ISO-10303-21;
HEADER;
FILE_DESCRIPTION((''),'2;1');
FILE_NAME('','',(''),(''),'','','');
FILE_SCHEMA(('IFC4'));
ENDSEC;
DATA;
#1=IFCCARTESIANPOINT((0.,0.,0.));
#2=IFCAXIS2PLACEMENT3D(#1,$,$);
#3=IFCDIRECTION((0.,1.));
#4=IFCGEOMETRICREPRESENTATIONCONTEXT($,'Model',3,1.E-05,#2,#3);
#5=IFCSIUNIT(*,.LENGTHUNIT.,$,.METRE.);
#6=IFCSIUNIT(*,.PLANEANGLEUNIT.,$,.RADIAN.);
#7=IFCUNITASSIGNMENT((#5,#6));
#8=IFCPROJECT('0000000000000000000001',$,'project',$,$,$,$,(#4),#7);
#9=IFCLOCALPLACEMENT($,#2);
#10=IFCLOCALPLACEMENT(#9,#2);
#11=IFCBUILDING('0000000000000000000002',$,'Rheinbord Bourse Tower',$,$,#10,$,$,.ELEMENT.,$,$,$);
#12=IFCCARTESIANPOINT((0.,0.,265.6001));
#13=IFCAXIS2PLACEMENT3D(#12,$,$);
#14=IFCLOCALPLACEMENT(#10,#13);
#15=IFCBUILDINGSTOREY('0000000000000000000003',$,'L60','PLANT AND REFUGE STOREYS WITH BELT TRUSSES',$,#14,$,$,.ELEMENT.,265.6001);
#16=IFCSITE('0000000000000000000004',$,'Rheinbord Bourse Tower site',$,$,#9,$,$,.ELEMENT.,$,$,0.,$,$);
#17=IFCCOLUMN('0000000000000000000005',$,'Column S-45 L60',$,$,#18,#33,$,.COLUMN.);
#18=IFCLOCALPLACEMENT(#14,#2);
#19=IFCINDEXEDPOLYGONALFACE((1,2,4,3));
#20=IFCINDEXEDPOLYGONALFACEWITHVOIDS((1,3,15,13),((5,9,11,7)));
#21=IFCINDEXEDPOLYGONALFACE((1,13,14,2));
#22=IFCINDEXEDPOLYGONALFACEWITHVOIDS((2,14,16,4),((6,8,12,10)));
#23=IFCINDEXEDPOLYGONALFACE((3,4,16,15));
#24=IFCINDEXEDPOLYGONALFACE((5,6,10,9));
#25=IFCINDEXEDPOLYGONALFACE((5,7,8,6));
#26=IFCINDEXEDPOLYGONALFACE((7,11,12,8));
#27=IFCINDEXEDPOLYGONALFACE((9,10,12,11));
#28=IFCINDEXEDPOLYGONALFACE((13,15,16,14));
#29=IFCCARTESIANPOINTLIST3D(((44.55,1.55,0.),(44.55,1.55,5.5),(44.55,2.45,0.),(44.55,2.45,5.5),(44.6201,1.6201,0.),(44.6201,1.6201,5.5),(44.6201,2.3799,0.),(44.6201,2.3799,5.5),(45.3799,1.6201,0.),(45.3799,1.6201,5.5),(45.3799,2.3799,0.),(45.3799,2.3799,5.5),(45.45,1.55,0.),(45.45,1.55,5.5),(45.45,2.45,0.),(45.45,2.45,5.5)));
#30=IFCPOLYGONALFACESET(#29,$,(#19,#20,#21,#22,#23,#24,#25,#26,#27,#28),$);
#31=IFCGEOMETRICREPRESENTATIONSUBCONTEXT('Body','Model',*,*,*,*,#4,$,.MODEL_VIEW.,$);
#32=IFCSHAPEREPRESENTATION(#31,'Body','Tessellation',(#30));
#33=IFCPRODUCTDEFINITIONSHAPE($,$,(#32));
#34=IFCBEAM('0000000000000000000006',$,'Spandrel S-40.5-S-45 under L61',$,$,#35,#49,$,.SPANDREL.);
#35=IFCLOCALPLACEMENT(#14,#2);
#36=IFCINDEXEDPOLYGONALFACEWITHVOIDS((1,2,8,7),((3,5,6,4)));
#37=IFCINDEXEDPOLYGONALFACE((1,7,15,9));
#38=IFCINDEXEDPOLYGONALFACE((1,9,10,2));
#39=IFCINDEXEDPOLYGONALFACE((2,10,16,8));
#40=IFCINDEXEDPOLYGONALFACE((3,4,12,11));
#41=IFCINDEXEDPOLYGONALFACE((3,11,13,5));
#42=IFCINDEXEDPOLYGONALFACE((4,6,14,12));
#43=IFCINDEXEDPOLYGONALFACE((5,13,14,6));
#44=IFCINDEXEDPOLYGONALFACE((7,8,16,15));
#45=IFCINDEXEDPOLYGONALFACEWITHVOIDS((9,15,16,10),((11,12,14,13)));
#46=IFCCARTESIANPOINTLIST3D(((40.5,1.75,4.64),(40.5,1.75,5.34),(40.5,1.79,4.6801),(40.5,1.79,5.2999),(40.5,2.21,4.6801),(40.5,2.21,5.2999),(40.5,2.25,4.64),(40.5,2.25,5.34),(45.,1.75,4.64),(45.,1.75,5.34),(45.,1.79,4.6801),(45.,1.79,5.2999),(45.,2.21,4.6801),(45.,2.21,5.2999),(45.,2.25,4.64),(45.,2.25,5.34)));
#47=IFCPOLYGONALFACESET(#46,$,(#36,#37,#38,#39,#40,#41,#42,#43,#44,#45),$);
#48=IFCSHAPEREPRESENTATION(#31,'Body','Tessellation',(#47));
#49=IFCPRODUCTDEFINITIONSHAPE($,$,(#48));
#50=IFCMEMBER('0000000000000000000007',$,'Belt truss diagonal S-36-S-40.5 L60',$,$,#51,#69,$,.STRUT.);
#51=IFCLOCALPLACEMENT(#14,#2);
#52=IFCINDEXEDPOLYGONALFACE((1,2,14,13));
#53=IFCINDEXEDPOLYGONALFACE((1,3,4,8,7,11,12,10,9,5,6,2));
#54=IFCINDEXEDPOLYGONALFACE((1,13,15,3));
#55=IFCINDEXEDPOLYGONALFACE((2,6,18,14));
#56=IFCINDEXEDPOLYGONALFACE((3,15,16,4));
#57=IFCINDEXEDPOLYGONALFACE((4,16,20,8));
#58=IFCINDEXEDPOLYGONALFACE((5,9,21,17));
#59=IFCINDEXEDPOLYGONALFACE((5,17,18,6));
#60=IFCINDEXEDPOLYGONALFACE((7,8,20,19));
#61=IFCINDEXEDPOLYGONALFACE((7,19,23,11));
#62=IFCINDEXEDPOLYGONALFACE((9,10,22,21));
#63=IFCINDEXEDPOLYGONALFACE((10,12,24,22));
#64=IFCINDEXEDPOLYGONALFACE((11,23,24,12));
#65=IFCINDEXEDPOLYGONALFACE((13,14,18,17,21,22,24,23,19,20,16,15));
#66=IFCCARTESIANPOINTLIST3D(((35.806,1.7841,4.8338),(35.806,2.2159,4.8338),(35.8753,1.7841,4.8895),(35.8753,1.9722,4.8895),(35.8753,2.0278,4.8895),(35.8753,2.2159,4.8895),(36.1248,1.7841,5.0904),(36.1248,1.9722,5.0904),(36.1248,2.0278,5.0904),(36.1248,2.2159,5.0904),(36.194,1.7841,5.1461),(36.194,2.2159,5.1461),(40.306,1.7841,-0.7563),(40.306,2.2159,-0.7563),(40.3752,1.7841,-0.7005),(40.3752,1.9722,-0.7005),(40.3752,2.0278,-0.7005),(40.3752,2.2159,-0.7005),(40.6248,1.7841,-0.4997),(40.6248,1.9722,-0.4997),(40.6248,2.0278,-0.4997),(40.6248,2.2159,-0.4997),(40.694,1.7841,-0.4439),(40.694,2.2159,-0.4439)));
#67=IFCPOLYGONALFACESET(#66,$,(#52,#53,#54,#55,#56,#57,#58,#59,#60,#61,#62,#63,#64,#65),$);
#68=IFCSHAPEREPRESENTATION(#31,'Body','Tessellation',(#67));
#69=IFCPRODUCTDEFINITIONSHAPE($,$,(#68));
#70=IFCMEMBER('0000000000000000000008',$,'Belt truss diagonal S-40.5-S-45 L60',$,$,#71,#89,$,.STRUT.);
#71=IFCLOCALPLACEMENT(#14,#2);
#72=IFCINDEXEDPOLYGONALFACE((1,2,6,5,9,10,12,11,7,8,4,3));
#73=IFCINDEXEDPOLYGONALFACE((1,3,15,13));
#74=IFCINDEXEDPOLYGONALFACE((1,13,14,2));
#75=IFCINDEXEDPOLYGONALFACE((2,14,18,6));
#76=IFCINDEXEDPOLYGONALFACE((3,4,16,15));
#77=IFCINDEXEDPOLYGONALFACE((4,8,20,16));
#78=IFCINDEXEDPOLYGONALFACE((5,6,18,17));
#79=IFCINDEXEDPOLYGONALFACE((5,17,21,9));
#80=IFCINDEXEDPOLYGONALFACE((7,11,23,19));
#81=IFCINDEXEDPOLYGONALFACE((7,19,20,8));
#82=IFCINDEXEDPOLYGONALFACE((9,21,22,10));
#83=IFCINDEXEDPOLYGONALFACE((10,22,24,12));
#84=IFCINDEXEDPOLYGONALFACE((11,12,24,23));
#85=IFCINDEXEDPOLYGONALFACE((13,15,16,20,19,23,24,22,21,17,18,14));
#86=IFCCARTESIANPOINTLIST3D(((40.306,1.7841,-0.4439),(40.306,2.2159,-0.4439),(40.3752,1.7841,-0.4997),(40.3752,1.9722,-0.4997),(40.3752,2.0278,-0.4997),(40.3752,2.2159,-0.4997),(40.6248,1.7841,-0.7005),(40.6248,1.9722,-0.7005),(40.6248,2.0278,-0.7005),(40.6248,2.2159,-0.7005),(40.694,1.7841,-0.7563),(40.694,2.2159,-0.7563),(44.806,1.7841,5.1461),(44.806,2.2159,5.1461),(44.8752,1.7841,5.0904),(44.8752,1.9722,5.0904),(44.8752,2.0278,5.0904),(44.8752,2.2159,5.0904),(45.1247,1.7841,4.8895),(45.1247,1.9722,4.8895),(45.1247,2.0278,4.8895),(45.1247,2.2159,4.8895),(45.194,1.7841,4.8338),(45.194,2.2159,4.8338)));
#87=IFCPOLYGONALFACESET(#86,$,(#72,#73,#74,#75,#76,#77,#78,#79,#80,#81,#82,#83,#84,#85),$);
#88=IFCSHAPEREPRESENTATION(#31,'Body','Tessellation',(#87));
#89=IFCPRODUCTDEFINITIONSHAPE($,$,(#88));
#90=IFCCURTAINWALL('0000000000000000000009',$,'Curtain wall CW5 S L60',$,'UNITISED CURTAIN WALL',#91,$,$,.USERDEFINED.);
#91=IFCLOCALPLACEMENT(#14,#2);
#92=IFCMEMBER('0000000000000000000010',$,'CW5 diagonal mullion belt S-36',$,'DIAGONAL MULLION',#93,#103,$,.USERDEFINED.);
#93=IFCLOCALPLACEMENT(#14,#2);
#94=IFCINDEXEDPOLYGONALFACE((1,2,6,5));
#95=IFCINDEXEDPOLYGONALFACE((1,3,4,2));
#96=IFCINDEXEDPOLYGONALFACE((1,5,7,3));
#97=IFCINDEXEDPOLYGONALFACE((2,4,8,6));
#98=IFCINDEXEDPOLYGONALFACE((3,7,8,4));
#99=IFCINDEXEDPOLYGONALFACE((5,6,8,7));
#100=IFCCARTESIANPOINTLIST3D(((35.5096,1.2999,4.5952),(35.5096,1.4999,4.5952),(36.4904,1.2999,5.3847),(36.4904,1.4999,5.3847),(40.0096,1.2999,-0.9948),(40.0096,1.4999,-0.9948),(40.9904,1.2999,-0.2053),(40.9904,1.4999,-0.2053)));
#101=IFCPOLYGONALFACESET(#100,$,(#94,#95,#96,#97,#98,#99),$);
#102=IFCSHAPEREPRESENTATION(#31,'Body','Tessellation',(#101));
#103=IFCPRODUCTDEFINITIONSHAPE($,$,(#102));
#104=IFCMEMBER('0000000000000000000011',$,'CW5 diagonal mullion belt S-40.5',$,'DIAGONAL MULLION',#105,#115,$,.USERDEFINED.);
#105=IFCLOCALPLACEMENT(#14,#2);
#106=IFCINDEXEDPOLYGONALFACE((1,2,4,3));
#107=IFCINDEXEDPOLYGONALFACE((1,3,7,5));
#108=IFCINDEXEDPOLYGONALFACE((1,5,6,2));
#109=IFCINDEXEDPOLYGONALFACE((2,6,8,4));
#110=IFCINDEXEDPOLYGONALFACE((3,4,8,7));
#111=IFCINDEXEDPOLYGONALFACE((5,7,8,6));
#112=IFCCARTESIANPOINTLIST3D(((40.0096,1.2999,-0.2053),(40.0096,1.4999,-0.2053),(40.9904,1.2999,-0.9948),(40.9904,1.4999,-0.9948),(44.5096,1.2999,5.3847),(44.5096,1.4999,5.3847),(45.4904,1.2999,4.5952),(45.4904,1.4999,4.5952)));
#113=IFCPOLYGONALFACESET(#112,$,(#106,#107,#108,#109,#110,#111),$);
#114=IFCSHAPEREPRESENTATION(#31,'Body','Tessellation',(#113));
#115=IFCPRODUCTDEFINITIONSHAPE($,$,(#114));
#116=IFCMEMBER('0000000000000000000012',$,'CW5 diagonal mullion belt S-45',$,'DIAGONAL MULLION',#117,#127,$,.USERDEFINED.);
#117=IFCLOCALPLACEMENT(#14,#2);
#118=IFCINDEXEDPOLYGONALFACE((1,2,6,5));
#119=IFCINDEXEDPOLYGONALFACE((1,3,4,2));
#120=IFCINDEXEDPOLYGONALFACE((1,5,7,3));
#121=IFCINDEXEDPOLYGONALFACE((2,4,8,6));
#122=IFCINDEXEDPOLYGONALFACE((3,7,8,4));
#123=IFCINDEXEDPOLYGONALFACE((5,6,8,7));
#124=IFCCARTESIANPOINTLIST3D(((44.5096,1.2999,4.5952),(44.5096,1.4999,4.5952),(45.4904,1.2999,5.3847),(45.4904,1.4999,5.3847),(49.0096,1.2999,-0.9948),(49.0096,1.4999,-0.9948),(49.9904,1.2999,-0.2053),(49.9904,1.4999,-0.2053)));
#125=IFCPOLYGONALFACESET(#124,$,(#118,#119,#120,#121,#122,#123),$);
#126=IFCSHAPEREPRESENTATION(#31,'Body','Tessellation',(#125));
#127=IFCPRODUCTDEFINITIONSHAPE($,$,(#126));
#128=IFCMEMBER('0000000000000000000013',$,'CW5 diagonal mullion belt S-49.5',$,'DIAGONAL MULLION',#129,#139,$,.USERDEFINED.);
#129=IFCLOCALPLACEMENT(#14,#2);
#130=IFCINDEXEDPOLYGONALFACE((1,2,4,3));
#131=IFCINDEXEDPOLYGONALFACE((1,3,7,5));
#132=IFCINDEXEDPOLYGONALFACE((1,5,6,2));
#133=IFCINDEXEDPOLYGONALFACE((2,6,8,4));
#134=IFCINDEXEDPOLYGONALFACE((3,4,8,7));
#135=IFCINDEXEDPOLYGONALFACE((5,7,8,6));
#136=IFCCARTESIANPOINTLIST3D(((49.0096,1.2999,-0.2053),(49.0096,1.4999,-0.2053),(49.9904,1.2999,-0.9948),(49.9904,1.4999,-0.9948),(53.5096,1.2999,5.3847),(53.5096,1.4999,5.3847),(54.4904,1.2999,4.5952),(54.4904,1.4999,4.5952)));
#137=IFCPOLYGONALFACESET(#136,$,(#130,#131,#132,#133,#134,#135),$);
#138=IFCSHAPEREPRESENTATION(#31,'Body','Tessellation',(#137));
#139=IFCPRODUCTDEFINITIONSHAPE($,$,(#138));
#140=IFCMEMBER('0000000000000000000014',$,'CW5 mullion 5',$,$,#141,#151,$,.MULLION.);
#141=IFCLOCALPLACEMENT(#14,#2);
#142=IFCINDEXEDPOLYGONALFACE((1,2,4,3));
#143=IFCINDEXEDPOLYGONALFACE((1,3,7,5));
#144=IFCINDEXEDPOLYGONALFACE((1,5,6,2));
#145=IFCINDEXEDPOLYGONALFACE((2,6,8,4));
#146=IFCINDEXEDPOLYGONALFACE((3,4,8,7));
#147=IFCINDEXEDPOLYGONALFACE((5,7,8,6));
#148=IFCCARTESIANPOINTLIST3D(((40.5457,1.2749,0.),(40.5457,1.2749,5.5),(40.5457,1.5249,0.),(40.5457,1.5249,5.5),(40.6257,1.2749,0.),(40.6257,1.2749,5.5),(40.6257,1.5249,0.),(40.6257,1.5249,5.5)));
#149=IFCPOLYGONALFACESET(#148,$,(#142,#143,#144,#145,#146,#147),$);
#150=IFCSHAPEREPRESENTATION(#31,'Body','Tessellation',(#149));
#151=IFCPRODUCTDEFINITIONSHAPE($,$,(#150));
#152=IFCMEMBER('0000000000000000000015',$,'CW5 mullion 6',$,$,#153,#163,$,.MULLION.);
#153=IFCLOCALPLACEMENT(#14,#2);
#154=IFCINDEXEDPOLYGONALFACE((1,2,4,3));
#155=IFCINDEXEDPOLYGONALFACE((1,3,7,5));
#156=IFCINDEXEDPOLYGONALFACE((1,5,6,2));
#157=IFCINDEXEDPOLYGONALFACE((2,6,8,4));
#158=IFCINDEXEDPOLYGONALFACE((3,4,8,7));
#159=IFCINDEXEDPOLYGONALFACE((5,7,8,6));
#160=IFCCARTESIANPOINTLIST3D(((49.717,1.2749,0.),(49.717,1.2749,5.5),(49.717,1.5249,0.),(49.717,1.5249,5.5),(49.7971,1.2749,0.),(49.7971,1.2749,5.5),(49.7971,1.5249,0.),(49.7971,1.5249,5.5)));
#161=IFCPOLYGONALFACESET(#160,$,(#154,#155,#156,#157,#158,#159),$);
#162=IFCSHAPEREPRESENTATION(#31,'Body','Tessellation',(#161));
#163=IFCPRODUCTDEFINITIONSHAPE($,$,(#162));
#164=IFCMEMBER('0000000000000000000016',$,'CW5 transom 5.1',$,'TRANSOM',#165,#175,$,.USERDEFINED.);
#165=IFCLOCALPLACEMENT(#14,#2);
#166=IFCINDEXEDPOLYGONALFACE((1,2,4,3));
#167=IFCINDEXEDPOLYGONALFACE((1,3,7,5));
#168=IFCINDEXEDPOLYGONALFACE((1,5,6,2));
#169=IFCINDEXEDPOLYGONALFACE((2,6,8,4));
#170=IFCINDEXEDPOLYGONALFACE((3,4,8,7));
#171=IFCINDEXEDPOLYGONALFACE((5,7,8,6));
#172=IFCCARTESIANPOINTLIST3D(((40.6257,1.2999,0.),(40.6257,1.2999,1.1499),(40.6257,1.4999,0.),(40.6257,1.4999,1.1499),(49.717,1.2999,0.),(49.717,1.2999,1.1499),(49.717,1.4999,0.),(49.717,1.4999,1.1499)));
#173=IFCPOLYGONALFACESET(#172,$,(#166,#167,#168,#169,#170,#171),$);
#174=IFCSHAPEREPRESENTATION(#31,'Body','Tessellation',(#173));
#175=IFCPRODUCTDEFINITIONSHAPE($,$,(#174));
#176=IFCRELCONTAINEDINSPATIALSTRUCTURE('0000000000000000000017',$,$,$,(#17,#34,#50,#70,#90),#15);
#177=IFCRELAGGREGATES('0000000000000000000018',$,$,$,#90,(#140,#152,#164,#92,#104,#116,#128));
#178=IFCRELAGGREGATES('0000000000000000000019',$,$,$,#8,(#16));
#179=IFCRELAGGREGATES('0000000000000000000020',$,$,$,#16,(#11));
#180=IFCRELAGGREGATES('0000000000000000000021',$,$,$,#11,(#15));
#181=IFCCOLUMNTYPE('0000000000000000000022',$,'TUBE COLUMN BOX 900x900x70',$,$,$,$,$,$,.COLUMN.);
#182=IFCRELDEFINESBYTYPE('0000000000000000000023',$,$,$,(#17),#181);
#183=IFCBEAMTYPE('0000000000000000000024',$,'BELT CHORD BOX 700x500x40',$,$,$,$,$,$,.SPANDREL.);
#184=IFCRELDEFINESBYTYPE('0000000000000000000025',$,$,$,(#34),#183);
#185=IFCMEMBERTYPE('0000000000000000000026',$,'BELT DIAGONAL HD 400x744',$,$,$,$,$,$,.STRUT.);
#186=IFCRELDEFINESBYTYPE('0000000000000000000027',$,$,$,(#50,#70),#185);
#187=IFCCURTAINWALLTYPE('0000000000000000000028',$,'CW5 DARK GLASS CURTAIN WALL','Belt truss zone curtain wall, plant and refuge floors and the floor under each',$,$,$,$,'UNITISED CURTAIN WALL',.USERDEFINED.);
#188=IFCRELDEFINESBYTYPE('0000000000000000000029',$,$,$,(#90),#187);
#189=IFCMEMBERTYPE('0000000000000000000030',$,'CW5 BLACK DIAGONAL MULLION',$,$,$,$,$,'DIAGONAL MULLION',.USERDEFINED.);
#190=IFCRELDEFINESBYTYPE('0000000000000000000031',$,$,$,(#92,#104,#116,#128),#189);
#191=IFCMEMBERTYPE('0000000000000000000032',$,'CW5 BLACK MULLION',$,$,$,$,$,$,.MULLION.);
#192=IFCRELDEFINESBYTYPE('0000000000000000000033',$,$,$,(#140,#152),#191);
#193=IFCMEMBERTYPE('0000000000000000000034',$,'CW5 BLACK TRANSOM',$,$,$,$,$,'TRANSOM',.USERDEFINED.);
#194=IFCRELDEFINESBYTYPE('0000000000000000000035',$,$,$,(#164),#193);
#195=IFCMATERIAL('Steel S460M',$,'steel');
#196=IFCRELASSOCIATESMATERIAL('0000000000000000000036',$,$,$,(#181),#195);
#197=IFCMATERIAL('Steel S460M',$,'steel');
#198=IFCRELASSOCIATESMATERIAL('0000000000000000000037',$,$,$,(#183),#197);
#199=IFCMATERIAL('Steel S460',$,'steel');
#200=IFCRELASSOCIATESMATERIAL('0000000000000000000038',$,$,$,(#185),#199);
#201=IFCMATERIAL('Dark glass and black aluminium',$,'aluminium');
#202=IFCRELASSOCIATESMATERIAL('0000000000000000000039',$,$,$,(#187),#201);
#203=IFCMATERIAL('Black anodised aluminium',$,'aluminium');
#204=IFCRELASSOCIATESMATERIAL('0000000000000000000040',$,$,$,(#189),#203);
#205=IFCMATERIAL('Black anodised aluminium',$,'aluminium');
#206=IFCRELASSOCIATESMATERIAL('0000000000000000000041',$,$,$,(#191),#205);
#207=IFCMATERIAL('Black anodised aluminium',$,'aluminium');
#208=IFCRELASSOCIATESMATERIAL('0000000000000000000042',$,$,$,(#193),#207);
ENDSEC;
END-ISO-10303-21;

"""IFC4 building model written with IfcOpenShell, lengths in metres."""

from ifc_helpers import new_model, si_unit, direction, frame, origin, origin_2d, place, context, subcontext, project, spatial, rectangle, hollow_rectangle, i_section, extrude, material, material_profile, profile_set, type_object, element, aggregate, save


model = new_model("IFC4")

# Units and contexts
model_context = context("Model", 3, precision=1e-05, world=origin(), true_north=direction((0.0, 1.0)))
body_context = subcontext(model_context, "Body", "Model", "MODEL_VIEW")
ifc_project = project(units=[si_unit("LENGTHUNIT", "METRE"), si_unit("PLANEANGLEUNIT", "RADIAN")], contexts=[model_context])

# Site, building, storey
site_placement = place(None, origin())
site = spatial("IfcSite", under=ifc_project, at=site_placement, Name="Rheinbord Bourse Tower site", CompositionType="ELEMENT", RefElevation=0.0)
building_placement = place(site_placement, origin())
building = spatial("IfcBuilding", under=site, at=building_placement, Name="Rheinbord Bourse Tower", CompositionType="ELEMENT")
storey_placement = place(building_placement, frame((0.0, 0.0, 265.6001)))
storey = spatial("IfcBuildingStorey", under=building, at=storey_placement, Name="L60", Description="PLANT AND REFUGE STOREYS WITH BELT TRUSSES", CompositionType="ELEMENT", Elevation=265.6001)

# Column
ifc_material_1 = material(Name="Steel S460M", Category="steel")
ifc_material_profile_1 = material_profile(ifc_material_1, hollow_rectangle(XDim=0.8999, YDim=0.8999, WallThickness=0.0701, at=origin_2d()), Name="BOX 900x900x70")
ifc_profile_set_1 = profile_set([ifc_material_profile_1], Name="Steel S460M")
column_type = type_object("IfcColumnType", Name="TUBE COLUMN BOX 900x900x70", PredefinedType="COLUMN", material=ifc_profile_set_1)
column_placement = place(storey_placement, frame((45.0, 2.0, 0.0), z_axis=(0.0, 0.0, 1.0), x_axis=(0.0, 1.0, 0.0)))
element("IfcColumn", 1, at=column_placement, inside=storey, type_object=column_type, Name="Column S-45 L60", PredefinedType="COLUMN", context=body_context, shape_type="SweptSolid", body=[
    extrude(hollow_rectangle(XDim=0.8999, YDim=0.8999, WallThickness=0.0701, at=origin_2d()), origin(), (0.0, 0.0, 1.0), 5.5),
])

# Beam
ifc_material_2 = material(Name="Steel S460M", Category="steel")
ifc_material_profile_2 = material_profile(ifc_material_2, hollow_rectangle(XDim=0.5, YDim=0.7, WallThickness=0.04, at=origin_2d()), Name="BOX 700x500x40")
ifc_profile_set_2 = profile_set([ifc_material_profile_2], Name="Steel S460M")
beam_type_1 = type_object("IfcBeamType", Name="BELT CHORD BOX 700x500x40", PredefinedType="SPANDREL", material=ifc_profile_set_2)
beam_placement = place(storey_placement, frame((40.5, 2.0, 4.99), z_axis=(1.0, 0.0, 0.0), x_axis=(0.0, 1.0, 0.0)))
element("IfcBeam", 2, at=beam_placement, inside=storey, type_object=beam_type_1, Name="Spandrel S-40.5-S-45 under L61", PredefinedType="SPANDREL", context=body_context, shape_type="SweptSolid", body=[
    extrude(hollow_rectangle(XDim=0.5, YDim=0.7, WallThickness=0.04, at=origin_2d()), origin(), (0.0, 0.0, 1.0), 4.5),
])

# Members
ifc_material_3 = material(Name="Steel S460", Category="steel")
ifc_material_profile_3 = material_profile(ifc_material_3, i_section(OverallWidth=0.4319, OverallDepth=0.498, WebThickness=0.0557, FlangeThickness=0.0889, at=origin_2d()), Name="HD 400x744")
ifc_profile_set_3 = profile_set([ifc_material_profile_3], Name="Steel S460")
member_type_1 = type_object("IfcMemberType", Name="BELT DIAGONAL HD 400x744", PredefinedType="STRUT", material=ifc_profile_set_3)
for number, where, z_axis, x_axis, name in (
    (3, (40.5, 2.0, -0.6001), (-0.627065, 0.0, 0.778967), (0.0, -1.0, 0.0), "Belt truss diagonal S-36-S-40.5 L60"),
    (4, (40.5, 2.0, -0.6001), (0.627065, 0.0, 0.778967), (0.0, 1.0, 0.0), "Belt truss diagonal S-40.5-S-45 L60"),
):
    element("IfcMember", number, at=place(storey_placement, frame(where, z_axis=z_axis, x_axis=x_axis)), inside=storey, type_object=member_type_1, Name=name, PredefinedType="STRUT", context=body_context, shape_type="SweptSolid", body=[
        extrude(i_section(OverallWidth=0.4319, OverallDepth=0.498, WebThickness=0.0557, FlangeThickness=0.0889, at=origin_2d()), origin(), (0.0, 0.0, 1.0), 7.1763),
    ])

# Curtain wall, members
ifc_material_4 = material(Name="Dark glass and black aluminium", Category="aluminium")
curtain_wall_type = type_object("IfcCurtainWallType", Name="CW5 DARK GLASS CURTAIN WALL", Description="Belt truss zone curtain wall, plant and refuge floors and the floor under each", ElementType="UNITISED CURTAIN WALL", PredefinedType="USERDEFINED", material=ifc_material_4)
curtain_wall_placement = place(storey_placement, origin())
curtain_wall = element("IfcCurtainWall", 5, at=curtain_wall_placement, inside=storey, type_object=curtain_wall_type, Name="Curtain wall CW5 S L60", ObjectType="UNITISED CURTAIN WALL", PredefinedType="USERDEFINED")
ifc_material_5 = material(Name="Black anodised aluminium", Category="aluminium")
ifc_material_profile_4 = material_profile(ifc_material_5, rectangle(XDim=0.2, YDim=1.259, at=origin_2d()), Name="CW5 DIAGONAL MULLION 1259x200")
ifc_profile_set_4 = profile_set([ifc_material_profile_4], Name="Black anodised aluminium")
member_type_2 = type_object("IfcMemberType", Name="CW5 BLACK DIAGONAL MULLION", ElementType="DIAGONAL MULLION", PredefinedType="USERDEFINED", material=ifc_profile_set_4)
member_1_placement = place(storey_placement, frame((40.5, 1.3999, -0.6001), z_axis=(-0.627065, 0.0, 0.778967), x_axis=(0.0, -1.0, 0.0)))
member_1 = element("IfcMember", 6, at=member_1_placement, type_object=member_type_2, Name="CW5 diagonal mullion belt S-36", ObjectType="DIAGONAL MULLION", PredefinedType="USERDEFINED", context=body_context, shape_type="SweptSolid", body=[
    extrude(rectangle(XDim=0.2, YDim=1.259, at=origin_2d()), origin(), (0.0, 0.0, 1.0), 7.1763),
])
member_2_placement = place(storey_placement, frame((40.5, 1.3999, -0.6001), z_axis=(0.627065, 0.0, 0.778967), x_axis=(0.0, 1.0, 0.0)))
member_2 = element("IfcMember", 7, at=member_2_placement, type_object=member_type_2, Name="CW5 diagonal mullion belt S-40.5", ObjectType="DIAGONAL MULLION", PredefinedType="USERDEFINED", context=body_context, shape_type="SweptSolid", body=[
    extrude(rectangle(XDim=0.2, YDim=1.259, at=origin_2d()), origin(), (0.0, 0.0, 1.0), 7.1763),
])
member_3_placement = place(storey_placement, frame((49.5, 1.3999, -0.6001), z_axis=(-0.627065, 0.0, 0.778967), x_axis=(0.0, -1.0, 0.0)))
member_3 = element("IfcMember", 8, at=member_3_placement, type_object=member_type_2, Name="CW5 diagonal mullion belt S-45", ObjectType="DIAGONAL MULLION", PredefinedType="USERDEFINED", context=body_context, shape_type="SweptSolid", body=[
    extrude(rectangle(XDim=0.2, YDim=1.259, at=origin_2d()), origin(), (0.0, 0.0, 1.0), 7.1763),
])
member_4_placement = place(storey_placement, frame((49.5, 1.3999, -0.6001), z_axis=(0.627065, 0.0, 0.778967), x_axis=(0.0, 1.0, 0.0)))
member_4 = element("IfcMember", 9, at=member_4_placement, type_object=member_type_2, Name="CW5 diagonal mullion belt S-49.5", ObjectType="DIAGONAL MULLION", PredefinedType="USERDEFINED", context=body_context, shape_type="SweptSolid", body=[
    extrude(rectangle(XDim=0.2, YDim=1.259, at=origin_2d()), origin(), (0.0, 0.0, 1.0), 7.1763),
])
ifc_material_6 = material(Name="Black anodised aluminium", Category="aluminium")
ifc_material_profile_5 = material_profile(ifc_material_6, rectangle(XDim=0.25, YDim=0.0801, at=origin_2d()), Name="CW5 MULLION 80x250")
ifc_profile_set_5 = profile_set([ifc_material_profile_5], Name="Black anodised aluminium")
member_type_3 = type_object("IfcMemberType", Name="CW5 BLACK MULLION", PredefinedType="MULLION", material=ifc_profile_set_5)
member_5_placement = place(storey_placement, frame((40.5857, 1.3999, 0.0), z_axis=(0.0, 0.0, 1.0), x_axis=(0.0, 1.0, 0.0)))
member_5 = element("IfcMember", 10, at=member_5_placement, type_object=member_type_3, Name="CW5 mullion 5", PredefinedType="MULLION", context=body_context, shape_type="SweptSolid", body=[
    extrude(rectangle(XDim=0.25, YDim=0.0801, at=origin_2d()), origin(), (0.0, 0.0, 1.0), 5.5),
])
member_6_placement = place(storey_placement, frame((49.7571, 1.3999, 0.0), z_axis=(0.0, 0.0, 1.0), x_axis=(0.0, 1.0, 0.0)))
member_6 = element("IfcMember", 11, at=member_6_placement, type_object=member_type_3, Name="CW5 mullion 6", PredefinedType="MULLION", context=body_context, shape_type="SweptSolid", body=[
    extrude(rectangle(XDim=0.25, YDim=0.0801, at=origin_2d()), origin(), (0.0, 0.0, 1.0), 5.5),
])
ifc_material_7 = material(Name="Black anodised aluminium", Category="aluminium")
ifc_material_profile_6 = material_profile(ifc_material_7, rectangle(XDim=0.2, YDim=1.1499, at=origin_2d()), Name="CW5 TRANSOM 1150x200")
ifc_profile_set_6 = profile_set([ifc_material_profile_6], Name="Black anodised aluminium")
member_type_4 = type_object("IfcMemberType", Name="CW5 BLACK TRANSOM", ElementType="TRANSOM", PredefinedType="USERDEFINED", material=ifc_profile_set_6)
member_7_placement = place(storey_placement, frame((40.6257, 1.3999, 0.575), z_axis=(1.0, 0.0, 0.0), x_axis=(0.0, 1.0, 0.0)))
member_7 = element("IfcMember", 12, at=member_7_placement, type_object=member_type_4, Name="CW5 transom 5.1", ObjectType="TRANSOM", PredefinedType="USERDEFINED", context=body_context, shape_type="SweptSolid", body=[
    extrude(rectangle(XDim=0.2, YDim=1.1499, at=origin_2d()), origin(), (0.0, 0.0, 1.0), 9.0913),
])

aggregate(curtain_wall, [member_5, member_6, member_7, member_1, member_2, member_3, member_4])

save(model, "model.ifc")
